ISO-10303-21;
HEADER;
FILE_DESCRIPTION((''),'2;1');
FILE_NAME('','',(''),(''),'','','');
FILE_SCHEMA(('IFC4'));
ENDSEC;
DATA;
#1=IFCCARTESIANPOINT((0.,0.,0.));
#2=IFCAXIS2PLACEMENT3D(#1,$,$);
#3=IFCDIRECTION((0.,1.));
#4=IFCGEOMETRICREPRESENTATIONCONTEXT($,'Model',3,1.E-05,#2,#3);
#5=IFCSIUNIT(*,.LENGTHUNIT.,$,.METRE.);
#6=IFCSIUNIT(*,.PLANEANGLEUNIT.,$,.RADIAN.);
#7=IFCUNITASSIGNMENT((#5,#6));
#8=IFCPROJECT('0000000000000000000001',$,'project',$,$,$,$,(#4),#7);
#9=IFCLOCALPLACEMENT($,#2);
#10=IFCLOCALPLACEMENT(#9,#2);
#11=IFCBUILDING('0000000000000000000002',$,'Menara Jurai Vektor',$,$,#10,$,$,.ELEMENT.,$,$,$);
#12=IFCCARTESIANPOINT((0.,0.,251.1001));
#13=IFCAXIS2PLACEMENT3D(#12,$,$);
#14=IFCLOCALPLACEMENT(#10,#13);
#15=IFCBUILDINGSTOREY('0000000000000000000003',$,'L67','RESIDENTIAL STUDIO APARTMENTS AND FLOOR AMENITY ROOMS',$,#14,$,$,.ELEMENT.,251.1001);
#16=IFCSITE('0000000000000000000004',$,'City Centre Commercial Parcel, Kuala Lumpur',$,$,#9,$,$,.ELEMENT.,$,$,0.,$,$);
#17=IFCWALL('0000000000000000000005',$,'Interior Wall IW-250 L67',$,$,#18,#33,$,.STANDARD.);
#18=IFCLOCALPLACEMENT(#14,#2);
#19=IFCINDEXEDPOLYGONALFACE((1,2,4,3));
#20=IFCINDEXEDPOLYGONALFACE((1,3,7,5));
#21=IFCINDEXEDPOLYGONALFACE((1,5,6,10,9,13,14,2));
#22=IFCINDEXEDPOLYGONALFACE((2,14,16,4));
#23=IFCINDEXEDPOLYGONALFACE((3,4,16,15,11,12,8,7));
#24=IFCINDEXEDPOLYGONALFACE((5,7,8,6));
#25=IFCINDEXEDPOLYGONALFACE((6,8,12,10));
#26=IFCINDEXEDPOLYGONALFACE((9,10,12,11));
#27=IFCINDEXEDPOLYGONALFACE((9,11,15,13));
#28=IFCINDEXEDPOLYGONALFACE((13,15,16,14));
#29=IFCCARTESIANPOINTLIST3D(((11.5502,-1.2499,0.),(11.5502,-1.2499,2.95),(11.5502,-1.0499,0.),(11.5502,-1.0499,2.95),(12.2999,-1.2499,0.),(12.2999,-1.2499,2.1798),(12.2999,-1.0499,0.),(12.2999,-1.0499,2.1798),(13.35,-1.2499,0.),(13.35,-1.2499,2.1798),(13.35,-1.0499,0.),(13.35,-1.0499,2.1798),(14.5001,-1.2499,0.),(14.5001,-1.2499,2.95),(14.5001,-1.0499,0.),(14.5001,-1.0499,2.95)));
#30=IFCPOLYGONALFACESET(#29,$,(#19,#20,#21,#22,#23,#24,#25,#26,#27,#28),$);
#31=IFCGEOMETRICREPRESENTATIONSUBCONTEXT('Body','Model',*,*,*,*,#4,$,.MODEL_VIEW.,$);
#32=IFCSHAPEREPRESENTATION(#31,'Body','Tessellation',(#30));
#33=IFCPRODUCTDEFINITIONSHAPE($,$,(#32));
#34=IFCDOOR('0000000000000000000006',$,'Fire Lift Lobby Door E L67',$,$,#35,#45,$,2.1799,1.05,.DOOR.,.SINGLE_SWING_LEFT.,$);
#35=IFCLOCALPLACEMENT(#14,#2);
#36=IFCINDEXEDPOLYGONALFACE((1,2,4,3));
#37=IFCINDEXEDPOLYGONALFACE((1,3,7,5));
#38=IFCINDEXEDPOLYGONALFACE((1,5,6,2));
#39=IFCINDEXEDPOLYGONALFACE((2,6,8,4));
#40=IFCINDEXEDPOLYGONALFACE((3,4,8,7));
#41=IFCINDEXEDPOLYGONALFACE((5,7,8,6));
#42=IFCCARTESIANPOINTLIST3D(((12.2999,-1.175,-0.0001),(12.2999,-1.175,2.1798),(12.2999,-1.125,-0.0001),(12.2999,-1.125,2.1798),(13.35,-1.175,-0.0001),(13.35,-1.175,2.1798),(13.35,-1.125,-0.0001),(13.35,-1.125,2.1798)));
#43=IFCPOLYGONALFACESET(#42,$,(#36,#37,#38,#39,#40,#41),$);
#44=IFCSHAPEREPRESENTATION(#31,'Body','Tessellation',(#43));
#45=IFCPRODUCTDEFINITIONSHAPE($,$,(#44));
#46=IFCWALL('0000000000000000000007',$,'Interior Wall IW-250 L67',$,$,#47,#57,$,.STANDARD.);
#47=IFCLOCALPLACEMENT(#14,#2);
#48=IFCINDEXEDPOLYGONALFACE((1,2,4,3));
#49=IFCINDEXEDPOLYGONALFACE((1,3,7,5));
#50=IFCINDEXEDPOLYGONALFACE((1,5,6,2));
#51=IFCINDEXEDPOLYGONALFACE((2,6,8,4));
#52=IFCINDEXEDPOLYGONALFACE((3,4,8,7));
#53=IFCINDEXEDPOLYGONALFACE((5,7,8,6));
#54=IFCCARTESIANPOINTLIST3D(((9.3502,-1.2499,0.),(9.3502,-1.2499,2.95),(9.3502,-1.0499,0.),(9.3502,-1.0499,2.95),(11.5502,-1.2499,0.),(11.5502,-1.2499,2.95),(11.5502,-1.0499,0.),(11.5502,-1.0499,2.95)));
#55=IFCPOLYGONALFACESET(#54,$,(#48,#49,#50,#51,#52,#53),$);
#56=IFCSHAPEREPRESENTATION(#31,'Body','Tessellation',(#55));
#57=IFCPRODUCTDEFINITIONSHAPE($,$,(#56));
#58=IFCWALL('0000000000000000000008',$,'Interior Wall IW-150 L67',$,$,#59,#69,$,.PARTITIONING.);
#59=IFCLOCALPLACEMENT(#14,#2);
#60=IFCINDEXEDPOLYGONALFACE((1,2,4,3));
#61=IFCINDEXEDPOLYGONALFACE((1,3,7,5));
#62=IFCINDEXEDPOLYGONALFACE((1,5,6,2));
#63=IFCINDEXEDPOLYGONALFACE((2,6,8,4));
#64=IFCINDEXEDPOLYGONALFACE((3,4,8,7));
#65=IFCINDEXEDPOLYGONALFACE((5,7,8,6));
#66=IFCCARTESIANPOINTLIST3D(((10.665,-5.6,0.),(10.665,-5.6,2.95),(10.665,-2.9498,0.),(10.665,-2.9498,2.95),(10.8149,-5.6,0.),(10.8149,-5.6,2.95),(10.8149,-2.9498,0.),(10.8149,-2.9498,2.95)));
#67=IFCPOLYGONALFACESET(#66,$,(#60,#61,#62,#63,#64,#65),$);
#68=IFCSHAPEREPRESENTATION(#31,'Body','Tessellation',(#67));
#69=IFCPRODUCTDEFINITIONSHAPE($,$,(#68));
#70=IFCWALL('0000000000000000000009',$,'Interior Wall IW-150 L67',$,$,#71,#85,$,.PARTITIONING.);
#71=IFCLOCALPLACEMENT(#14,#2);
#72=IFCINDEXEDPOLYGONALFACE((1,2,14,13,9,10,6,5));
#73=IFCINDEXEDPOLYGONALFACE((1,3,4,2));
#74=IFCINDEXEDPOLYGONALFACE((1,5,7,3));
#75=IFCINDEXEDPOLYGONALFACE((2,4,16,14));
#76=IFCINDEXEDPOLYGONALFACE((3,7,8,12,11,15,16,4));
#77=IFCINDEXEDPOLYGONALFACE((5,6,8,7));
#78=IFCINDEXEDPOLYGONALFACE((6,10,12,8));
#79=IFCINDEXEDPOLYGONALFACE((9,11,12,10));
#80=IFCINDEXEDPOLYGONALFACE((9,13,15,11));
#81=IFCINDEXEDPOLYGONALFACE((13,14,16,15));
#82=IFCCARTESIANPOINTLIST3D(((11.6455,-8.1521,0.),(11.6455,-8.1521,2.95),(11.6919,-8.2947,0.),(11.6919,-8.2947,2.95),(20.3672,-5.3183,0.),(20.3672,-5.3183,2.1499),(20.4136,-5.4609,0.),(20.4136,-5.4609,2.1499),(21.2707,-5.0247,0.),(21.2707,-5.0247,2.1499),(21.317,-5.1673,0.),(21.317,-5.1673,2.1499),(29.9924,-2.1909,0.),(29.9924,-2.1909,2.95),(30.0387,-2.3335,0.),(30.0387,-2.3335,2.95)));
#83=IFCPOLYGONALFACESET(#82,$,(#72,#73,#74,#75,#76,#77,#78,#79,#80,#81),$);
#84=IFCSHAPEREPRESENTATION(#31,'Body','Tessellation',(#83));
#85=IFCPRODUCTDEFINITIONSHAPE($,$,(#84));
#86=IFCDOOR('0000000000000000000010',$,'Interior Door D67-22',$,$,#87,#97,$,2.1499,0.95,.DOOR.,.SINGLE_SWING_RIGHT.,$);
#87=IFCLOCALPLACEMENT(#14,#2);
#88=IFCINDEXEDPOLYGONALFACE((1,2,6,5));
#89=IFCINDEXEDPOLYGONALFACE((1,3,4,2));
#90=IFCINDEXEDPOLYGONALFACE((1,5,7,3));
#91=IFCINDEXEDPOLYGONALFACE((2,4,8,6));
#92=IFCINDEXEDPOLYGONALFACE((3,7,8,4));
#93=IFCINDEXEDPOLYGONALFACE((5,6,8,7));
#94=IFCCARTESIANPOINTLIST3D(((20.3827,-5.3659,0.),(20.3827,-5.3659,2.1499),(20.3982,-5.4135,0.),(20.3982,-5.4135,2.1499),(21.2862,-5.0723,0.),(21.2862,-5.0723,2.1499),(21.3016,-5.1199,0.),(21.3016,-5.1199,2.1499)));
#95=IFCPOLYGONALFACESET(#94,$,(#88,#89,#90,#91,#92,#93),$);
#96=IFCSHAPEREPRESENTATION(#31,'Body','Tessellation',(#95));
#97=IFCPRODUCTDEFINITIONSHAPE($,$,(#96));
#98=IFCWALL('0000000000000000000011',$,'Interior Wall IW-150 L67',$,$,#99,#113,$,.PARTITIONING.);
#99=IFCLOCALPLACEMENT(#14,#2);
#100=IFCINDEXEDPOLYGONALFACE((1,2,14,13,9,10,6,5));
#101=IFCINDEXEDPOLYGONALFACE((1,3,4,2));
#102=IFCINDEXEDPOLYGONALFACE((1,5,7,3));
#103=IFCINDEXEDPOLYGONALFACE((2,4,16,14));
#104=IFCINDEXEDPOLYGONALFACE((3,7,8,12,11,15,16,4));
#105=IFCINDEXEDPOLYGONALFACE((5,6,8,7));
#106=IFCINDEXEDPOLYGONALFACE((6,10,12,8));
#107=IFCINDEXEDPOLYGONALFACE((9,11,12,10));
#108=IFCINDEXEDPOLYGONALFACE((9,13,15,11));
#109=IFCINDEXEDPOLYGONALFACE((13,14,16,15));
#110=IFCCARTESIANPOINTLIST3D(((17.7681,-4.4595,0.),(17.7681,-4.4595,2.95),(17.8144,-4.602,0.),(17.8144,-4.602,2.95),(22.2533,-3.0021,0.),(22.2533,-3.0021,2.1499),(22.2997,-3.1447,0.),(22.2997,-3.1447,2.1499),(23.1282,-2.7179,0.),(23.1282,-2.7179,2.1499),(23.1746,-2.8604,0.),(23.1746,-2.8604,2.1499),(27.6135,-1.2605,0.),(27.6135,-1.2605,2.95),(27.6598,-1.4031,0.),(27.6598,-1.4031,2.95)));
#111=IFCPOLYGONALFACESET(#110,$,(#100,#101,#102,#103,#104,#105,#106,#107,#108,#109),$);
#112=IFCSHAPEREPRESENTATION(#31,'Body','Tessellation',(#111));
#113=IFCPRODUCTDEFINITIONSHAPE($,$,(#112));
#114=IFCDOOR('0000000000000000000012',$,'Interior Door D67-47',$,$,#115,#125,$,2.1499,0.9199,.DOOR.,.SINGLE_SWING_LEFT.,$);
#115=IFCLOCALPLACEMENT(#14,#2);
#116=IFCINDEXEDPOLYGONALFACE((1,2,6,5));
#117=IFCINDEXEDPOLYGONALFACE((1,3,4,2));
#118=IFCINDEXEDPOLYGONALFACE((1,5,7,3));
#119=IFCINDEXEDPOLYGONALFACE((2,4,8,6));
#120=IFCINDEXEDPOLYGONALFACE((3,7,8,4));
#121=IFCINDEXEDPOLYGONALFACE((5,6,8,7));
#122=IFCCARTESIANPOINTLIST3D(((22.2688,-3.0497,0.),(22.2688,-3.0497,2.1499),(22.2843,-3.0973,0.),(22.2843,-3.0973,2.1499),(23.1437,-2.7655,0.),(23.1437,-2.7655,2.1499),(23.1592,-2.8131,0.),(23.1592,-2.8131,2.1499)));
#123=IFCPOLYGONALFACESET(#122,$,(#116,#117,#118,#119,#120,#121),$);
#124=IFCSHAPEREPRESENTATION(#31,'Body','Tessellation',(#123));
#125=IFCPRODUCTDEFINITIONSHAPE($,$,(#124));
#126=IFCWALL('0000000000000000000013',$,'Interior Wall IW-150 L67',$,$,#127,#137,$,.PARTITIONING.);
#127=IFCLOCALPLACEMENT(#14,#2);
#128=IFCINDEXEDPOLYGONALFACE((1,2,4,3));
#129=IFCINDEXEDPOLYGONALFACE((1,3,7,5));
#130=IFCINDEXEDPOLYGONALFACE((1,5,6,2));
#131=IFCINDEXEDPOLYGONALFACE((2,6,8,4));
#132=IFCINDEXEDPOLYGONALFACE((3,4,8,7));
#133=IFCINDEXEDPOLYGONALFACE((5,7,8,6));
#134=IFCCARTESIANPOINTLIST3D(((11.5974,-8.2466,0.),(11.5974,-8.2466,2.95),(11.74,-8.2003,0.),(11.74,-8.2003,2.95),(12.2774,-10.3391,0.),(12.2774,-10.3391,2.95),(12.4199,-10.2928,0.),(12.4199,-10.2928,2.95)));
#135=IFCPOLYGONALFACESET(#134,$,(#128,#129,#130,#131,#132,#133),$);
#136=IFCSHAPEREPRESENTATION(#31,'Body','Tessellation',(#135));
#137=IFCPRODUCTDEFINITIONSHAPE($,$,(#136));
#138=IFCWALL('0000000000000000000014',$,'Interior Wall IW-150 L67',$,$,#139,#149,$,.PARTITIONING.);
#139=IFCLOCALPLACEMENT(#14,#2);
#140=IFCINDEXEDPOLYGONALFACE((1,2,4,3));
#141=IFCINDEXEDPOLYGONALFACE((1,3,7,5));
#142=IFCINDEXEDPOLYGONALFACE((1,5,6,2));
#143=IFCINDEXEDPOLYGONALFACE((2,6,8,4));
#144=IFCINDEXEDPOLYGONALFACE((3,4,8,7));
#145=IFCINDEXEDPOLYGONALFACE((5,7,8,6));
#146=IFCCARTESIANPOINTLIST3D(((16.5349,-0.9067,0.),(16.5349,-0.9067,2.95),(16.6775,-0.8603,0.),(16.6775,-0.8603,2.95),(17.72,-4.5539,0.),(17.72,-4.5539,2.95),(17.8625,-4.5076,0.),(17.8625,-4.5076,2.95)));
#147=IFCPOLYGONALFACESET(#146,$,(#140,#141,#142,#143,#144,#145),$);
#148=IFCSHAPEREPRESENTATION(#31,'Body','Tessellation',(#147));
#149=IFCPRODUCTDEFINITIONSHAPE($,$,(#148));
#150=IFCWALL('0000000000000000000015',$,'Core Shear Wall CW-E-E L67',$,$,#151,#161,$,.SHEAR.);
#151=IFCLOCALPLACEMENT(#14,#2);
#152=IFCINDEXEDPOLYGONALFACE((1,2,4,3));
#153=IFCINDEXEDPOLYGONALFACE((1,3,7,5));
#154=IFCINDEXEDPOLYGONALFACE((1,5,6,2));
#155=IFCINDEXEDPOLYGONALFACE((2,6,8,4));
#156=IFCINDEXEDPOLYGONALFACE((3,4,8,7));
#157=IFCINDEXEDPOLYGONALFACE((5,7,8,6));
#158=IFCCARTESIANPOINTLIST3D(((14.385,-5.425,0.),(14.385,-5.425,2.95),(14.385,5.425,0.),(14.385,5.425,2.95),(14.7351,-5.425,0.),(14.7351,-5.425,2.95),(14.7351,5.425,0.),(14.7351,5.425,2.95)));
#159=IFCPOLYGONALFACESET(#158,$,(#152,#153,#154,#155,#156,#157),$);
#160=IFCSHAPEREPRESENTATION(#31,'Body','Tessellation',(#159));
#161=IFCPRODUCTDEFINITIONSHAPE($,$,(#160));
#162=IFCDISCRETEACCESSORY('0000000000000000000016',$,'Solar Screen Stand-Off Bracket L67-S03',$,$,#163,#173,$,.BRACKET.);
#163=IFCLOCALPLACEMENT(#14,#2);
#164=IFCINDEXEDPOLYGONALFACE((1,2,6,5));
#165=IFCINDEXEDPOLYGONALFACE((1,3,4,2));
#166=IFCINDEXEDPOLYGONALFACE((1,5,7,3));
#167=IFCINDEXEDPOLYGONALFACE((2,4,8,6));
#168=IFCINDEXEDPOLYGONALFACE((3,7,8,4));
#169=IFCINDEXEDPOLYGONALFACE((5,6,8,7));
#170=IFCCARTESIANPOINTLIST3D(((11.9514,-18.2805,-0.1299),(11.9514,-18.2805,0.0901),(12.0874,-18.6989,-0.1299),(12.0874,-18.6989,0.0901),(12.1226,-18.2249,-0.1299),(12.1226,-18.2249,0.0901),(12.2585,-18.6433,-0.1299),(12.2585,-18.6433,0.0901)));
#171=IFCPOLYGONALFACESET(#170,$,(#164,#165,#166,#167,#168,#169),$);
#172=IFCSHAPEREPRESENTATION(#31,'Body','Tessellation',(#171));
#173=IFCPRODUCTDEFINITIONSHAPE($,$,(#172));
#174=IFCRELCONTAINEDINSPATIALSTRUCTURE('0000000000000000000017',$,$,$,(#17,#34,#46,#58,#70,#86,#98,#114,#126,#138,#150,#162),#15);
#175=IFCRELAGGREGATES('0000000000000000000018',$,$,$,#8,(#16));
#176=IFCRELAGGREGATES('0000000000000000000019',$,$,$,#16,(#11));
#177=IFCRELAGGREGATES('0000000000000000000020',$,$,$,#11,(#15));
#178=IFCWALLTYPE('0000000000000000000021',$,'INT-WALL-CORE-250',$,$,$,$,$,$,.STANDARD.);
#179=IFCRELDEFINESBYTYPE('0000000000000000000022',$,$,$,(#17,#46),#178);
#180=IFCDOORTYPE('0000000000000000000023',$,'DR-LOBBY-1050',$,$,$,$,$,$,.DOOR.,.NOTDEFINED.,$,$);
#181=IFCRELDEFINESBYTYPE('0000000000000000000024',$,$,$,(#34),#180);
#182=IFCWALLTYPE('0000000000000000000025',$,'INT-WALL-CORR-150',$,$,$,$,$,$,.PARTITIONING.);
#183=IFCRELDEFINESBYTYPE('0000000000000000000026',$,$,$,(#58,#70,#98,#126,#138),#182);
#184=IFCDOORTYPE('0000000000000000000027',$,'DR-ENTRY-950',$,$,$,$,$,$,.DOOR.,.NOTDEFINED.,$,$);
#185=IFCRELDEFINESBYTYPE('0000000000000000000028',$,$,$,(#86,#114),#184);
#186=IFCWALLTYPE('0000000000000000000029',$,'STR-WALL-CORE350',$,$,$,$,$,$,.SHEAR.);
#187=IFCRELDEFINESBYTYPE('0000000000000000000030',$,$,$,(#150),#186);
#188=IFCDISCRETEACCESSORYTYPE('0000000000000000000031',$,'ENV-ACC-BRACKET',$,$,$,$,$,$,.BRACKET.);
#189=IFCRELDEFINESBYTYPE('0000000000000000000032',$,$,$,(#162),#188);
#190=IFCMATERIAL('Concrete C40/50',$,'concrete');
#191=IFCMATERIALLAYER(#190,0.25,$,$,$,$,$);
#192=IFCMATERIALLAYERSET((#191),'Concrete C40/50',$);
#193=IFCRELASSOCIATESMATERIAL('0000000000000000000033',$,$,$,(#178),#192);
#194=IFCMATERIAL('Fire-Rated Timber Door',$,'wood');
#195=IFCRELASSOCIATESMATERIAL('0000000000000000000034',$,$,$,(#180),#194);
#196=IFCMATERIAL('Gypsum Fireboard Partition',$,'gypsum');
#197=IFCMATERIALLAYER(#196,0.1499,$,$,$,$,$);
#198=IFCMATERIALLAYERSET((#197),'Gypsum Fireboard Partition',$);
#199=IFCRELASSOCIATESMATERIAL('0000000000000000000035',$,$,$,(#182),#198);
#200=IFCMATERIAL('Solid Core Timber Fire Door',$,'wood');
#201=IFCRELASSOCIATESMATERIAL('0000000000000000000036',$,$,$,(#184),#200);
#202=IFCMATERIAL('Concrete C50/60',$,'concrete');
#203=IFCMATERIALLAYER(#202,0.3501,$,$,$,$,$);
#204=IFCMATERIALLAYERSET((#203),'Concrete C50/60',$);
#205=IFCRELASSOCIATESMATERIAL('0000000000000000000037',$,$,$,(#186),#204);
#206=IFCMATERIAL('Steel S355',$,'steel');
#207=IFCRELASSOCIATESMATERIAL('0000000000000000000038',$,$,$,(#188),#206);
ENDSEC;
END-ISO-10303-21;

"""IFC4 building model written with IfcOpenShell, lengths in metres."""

from ifc_helpers import new_model, si_unit, direction, frame, frame_2d, origin, origin_2d, place, context, subcontext, project, spatial, rectangle, extrude, material, layer, layer_set, type_object, element, fill, save


model = new_model("IFC4")

# Units and contexts
model_context = context("Model", 3, precision=1e-05, world=origin(), true_north=direction((0.0, 1.0)))
body_context = subcontext(model_context, "Body", "Model", "MODEL_VIEW")
ifc_project = project(units=[si_unit("LENGTHUNIT", "METRE"), si_unit("PLANEANGLEUNIT", "RADIAN")], contexts=[model_context])

# Site, building, storey
site_placement = place(None, origin())
site = spatial("IfcSite", under=ifc_project, at=site_placement, Name="City Centre Commercial Parcel, Kuala Lumpur", CompositionType="ELEMENT", RefElevation=0.0)
building_placement = place(site_placement, origin())
building = spatial("IfcBuilding", under=site, at=building_placement, Name="Menara Jurai Vektor", CompositionType="ELEMENT")
storey_placement = place(building_placement, frame((0.0, 0.0, 251.1001)))
storey = spatial("IfcBuildingStorey", under=building, at=storey_placement, Name="L67", Description="RESIDENTIAL STUDIO APARTMENTS AND FLOOR AMENITY ROOMS", CompositionType="ELEMENT", Elevation=251.1001)

# Shared definitions
ifc_material_1 = material(Name="Concrete C50/60", Category="concrete")

# Shared definitions
ifc_material_2 = material(Name="Steel S355", Category="steel")

# Wall, opening, door
ifc_material_3 = material(Name="Concrete C40/50", Category="concrete")
ifc_layer_1 = layer(ifc_material_3, 0.25)
ifc_layer_set_1 = layer_set([ifc_layer_1], Name="Concrete C40/50")
wall_type_1 = type_object("IfcWallType", Name="INT-WALL-CORE-250", PredefinedType="STANDARD", material=ifc_layer_set_1)
wall_1_placement = place(storey_placement, frame((11.55, -1.1499, 0.0), z_axis=(0.0, 0.0, 1.0), x_axis=(1.0, 0.0, 0.0)))
wall_1 = element("IfcWall", 1, at=wall_1_placement, inside=storey, type_object=wall_type_1, Name="Interior Wall IW-250 L67", PredefinedType="STANDARD", context=body_context, shape_type="SweptSolid", body=[
    extrude(rectangle(XDim=2.95, YDim=0.2, at=frame_2d((1.4751, 0.0))), origin(), (0.0, 0.0, 1.0), 2.95),
])
opening_1_placement = place(wall_1_placement, frame((0.75, 0.0, 0.0)))
opening_1 = element("IfcOpeningElement", 2, at=opening_1_placement, cuts=wall_1, PredefinedType="OPENING", context=body_context, shape_type="SweptSolid", body=[
    extrude(rectangle(XDim=1.05, YDim=2.1799, at=frame_2d((0.5249, 1.0898))), frame((0.0, 0.1099, 0.0), z_axis=(0.0, -1.0, 0.0), x_axis=(1.0, 0.0, 0.0)), (0.0, 0.0, 1.0), 0.22),
])
ifc_material_4 = material(Name="Fire-Rated Timber Door", Category="wood")
door_type_1 = type_object("IfcDoorType", Name="DR-LOBBY-1050", OperationType="NOTDEFINED", PredefinedType="DOOR", material=ifc_material_4)
door_1_placement = place(opening_1_placement, origin())
door_1 = element("IfcDoor", 3, at=door_1_placement, inside=storey, type_object=door_type_1, Name="Fire Lift Lobby Door E L67", OperationType="SINGLE_SWING_LEFT", OverallHeight=2.1799, OverallWidth=1.05, PredefinedType="DOOR", context=body_context, shape_type="SweptSolid", body=[
    extrude(rectangle(XDim=1.05, YDim=2.1799, at=frame_2d((0.5249, 1.0898))), frame((0.0, 0.0249, 0.0), z_axis=(0.0, -1.0, 0.0), x_axis=(1.0, 0.0, 0.0)), (0.0, 0.0, 1.0), 0.05),
])
fill(opening_1, door_1)

# Walls
wall_2_placement = place(storey_placement, frame((9.3501, -1.1499, 0.0), z_axis=(0.0, 0.0, 1.0), x_axis=(1.0, 0.0, 0.0)))
element("IfcWall", 4, at=wall_2_placement, inside=storey, type_object=wall_type_1, Name="Interior Wall IW-250 L67", PredefinedType="STANDARD", context=body_context, shape_type="SweptSolid", body=[
    extrude(rectangle(XDim=2.2, YDim=0.2, at=frame_2d((1.1001, 0.0))), origin(), (0.0, 0.0, 1.0), 2.95),
])
ifc_material_5 = material(Name="Gypsum Fireboard Partition", Category="gypsum")
ifc_layer_2 = layer(ifc_material_5, 0.1499)
ifc_layer_set_2 = layer_set([ifc_layer_2], Name="Gypsum Fireboard Partition")
wall_type_2 = type_object("IfcWallType", Name="INT-WALL-CORR-150", PredefinedType="PARTITIONING", material=ifc_layer_set_2)
wall_3_placement = place(storey_placement, frame((10.74, -5.6001, 0.0), z_axis=(0.0, 0.0, 1.0), x_axis=(0.0, 1.0, 0.0)))
element("IfcWall", 5, at=wall_3_placement, inside=storey, type_object=wall_type_2, Name="Interior Wall IW-150 L67", PredefinedType="PARTITIONING", context=body_context, shape_type="SweptSolid", body=[
    extrude(rectangle(XDim=2.6501, YDim=0.1499, at=frame_2d((1.3252, 0.0))), origin(), (0.0, 0.0, 1.0), 2.95),
])

# Walls, openings, doors
wall_4_placement = place(storey_placement, frame((11.6687, -8.2234, 0.0), z_axis=(0.0, 0.0, 1.0), x_axis=(0.951058, 0.309013, 0.0)))
wall_4 = element("IfcWall", 6, at=wall_4_placement, inside=storey, type_object=wall_type_2, Name="Interior Wall IW-150 L67", PredefinedType="PARTITIONING", context=body_context, shape_type="SweptSolid", body=[
    extrude(rectangle(XDim=19.291, YDim=0.1499, at=frame_2d((9.6455, 0.0))), origin(), (0.0, 0.0, 1.0), 2.95),
])
opening_2_placement = place(wall_4_placement, frame((9.1704, 0.0, 0.0)))
opening_2 = element("IfcOpeningElement", 7, at=opening_2_placement, cuts=wall_4, PredefinedType="OPENING", context=body_context, shape_type="SweptSolid", body=[
    extrude(rectangle(XDim=0.95, YDim=2.1499, at=frame_2d((0.4751, 1.075))), frame((0.0, 0.085, 0.0), z_axis=(0.0, -1.0, 0.0), x_axis=(1.0, 0.0, 0.0)), (0.0, 0.0, 1.0), 0.1699),
])
ifc_material_6 = material(Name="Solid Core Timber Fire Door", Category="wood")
door_type_2 = type_object("IfcDoorType", Name="DR-ENTRY-950", OperationType="NOTDEFINED", PredefinedType="DOOR", material=ifc_material_6)
door_2_placement = place(opening_2_placement, origin())
door_2 = element("IfcDoor", 8, at=door_2_placement, inside=storey, type_object=door_type_2, Name="Interior Door D67-22", OperationType="SINGLE_SWING_RIGHT", OverallHeight=2.1499, OverallWidth=0.95, PredefinedType="DOOR", context=body_context, shape_type="SweptSolid", body=[
    extrude(rectangle(XDim=0.95, YDim=2.1499, at=frame_2d((0.4751, 1.075))), frame((0.0, 0.0249, 0.0), z_axis=(0.0, -1.0, 0.0), x_axis=(1.0, 0.0, 0.0)), (0.0, 0.0, 1.0), 0.05),
])
fill(opening_2, door_2)
wall_5_placement = place(storey_placement, frame((17.7913, -4.5308, 0.0), z_axis=(0.0, 0.0, 1.0), x_axis=(0.951057, 0.309016, 0.0)))
wall_5 = element("IfcWall", 9, at=wall_5_placement, inside=storey, type_object=wall_type_2, Name="Interior Wall IW-150 L67", PredefinedType="PARTITIONING", context=body_context, shape_type="SweptSolid", body=[
    extrude(rectangle(XDim=10.3521, YDim=0.1499, at=frame_2d((5.176, 0.0))), origin(), (0.0, 0.0, 1.0), 2.95),
])
opening_3_placement = place(wall_5_placement, frame((4.7161, 0.0, 0.0)))
opening_3 = element("IfcOpeningElement", 10, at=opening_3_placement, cuts=wall_5, PredefinedType="OPENING", context=body_context, shape_type="SweptSolid", body=[
    extrude(rectangle(XDim=0.9199, YDim=2.1499, at=frame_2d((0.46, 1.075))), frame((0.0, 0.085, 0.0), z_axis=(0.0, -1.0, 0.0), x_axis=(1.0, 0.0, 0.0)), (0.0, 0.0, 1.0), 0.1699),
])
door_3_placement = place(opening_3_placement, origin())
door_3 = element("IfcDoor", 11, at=door_3_placement, inside=storey, type_object=door_type_2, Name="Interior Door D67-47", OperationType="SINGLE_SWING_LEFT", OverallHeight=2.1499, OverallWidth=0.9199, PredefinedType="DOOR", context=body_context, shape_type="SweptSolid", body=[
    extrude(rectangle(XDim=0.9199, YDim=2.1499, at=frame_2d((0.46, 1.075))), frame((0.0, 0.0249, 0.0), z_axis=(0.0, -1.0, 0.0), x_axis=(1.0, 0.0, 0.0)), (0.0, 0.0, 1.0), 0.05),
])
fill(opening_3, door_3)

# Walls
wall_6_placement = place(storey_placement, frame((12.3486, -10.3159, 0.0), z_axis=(0.0, 0.0, 1.0), x_axis=(-0.309028, 0.951053, 0.0)))
element("IfcWall", 12, at=wall_6_placement, inside=storey, type_object=wall_type_2, Name="Interior Wall IW-150 L67", PredefinedType="PARTITIONING", context=body_context, shape_type="SweptSolid", body=[
    extrude(rectangle(XDim=2.2002, YDim=0.1499, at=frame_2d((1.1001, 0.0))), origin(), (0.0, 0.0, 1.0), 2.95),
])
wall_7_placement = place(storey_placement, frame((17.7913, -4.5308, 0.0), z_axis=(0.0, 0.0, 1.0), x_axis=(-0.309018, 0.951056, 0.0)))
element("IfcWall", 13, at=wall_7_placement, inside=storey, type_object=wall_type_2, Name="Interior Wall IW-150 L67", PredefinedType="PARTITIONING", context=body_context, shape_type="SweptSolid", body=[
    extrude(rectangle(XDim=3.835, YDim=0.1499, at=frame_2d((1.9175, 0.0))), origin(), (0.0, 0.0, 1.0), 2.95),
])
ifc_layer_3 = layer(ifc_material_1, 0.3501)
ifc_layer_set_3 = layer_set([ifc_layer_3], Name="Concrete C50/60")
wall_type_3 = type_object("IfcWallType", Name="STR-WALL-CORE350", PredefinedType="SHEAR", material=ifc_layer_set_3)
wall_8_placement = place(storey_placement, frame((14.5601, -5.425, 0.0), z_axis=(0.0, 0.0, 1.0), x_axis=(0.0, 1.0, 0.0)))
element("IfcWall", 14, at=wall_8_placement, inside=storey, type_object=wall_type_3, Name="Core Shear Wall CW-E-E L67", PredefinedType="SHEAR", context=body_context, shape_type="SweptSolid", body=[
    extrude(rectangle(XDim=10.8501, YDim=0.3501, at=frame_2d((5.425, 0.0))), origin(), (0.0, 0.0, 1.0), 2.95),
])

# Discrete accessory
discrete_accessory_type = type_object("IfcDiscreteAccessoryType", Name="ENV-ACC-BRACKET", PredefinedType="BRACKET", material=ifc_material_2)
discrete_accessory_placement = place(storey_placement, frame((12.105, -18.4619, -0.1299), z_axis=(0.0, 0.0, 1.0), x_axis=(0.951057, 0.309017, 0.0)))
element("IfcDiscreteAccessory", 15, at=discrete_accessory_placement, inside=storey, type_object=discrete_accessory_type, Name="Solar Screen Stand-Off Bracket L67-S03", PredefinedType="BRACKET", context=body_context, shape_type="SweptSolid", body=[
    extrude(rectangle(XDim=0.1799, YDim=0.4399, at=origin_2d()), origin(), (0.0, 0.0, 1.0), 0.22),
])

save(model, "model.ifc")
